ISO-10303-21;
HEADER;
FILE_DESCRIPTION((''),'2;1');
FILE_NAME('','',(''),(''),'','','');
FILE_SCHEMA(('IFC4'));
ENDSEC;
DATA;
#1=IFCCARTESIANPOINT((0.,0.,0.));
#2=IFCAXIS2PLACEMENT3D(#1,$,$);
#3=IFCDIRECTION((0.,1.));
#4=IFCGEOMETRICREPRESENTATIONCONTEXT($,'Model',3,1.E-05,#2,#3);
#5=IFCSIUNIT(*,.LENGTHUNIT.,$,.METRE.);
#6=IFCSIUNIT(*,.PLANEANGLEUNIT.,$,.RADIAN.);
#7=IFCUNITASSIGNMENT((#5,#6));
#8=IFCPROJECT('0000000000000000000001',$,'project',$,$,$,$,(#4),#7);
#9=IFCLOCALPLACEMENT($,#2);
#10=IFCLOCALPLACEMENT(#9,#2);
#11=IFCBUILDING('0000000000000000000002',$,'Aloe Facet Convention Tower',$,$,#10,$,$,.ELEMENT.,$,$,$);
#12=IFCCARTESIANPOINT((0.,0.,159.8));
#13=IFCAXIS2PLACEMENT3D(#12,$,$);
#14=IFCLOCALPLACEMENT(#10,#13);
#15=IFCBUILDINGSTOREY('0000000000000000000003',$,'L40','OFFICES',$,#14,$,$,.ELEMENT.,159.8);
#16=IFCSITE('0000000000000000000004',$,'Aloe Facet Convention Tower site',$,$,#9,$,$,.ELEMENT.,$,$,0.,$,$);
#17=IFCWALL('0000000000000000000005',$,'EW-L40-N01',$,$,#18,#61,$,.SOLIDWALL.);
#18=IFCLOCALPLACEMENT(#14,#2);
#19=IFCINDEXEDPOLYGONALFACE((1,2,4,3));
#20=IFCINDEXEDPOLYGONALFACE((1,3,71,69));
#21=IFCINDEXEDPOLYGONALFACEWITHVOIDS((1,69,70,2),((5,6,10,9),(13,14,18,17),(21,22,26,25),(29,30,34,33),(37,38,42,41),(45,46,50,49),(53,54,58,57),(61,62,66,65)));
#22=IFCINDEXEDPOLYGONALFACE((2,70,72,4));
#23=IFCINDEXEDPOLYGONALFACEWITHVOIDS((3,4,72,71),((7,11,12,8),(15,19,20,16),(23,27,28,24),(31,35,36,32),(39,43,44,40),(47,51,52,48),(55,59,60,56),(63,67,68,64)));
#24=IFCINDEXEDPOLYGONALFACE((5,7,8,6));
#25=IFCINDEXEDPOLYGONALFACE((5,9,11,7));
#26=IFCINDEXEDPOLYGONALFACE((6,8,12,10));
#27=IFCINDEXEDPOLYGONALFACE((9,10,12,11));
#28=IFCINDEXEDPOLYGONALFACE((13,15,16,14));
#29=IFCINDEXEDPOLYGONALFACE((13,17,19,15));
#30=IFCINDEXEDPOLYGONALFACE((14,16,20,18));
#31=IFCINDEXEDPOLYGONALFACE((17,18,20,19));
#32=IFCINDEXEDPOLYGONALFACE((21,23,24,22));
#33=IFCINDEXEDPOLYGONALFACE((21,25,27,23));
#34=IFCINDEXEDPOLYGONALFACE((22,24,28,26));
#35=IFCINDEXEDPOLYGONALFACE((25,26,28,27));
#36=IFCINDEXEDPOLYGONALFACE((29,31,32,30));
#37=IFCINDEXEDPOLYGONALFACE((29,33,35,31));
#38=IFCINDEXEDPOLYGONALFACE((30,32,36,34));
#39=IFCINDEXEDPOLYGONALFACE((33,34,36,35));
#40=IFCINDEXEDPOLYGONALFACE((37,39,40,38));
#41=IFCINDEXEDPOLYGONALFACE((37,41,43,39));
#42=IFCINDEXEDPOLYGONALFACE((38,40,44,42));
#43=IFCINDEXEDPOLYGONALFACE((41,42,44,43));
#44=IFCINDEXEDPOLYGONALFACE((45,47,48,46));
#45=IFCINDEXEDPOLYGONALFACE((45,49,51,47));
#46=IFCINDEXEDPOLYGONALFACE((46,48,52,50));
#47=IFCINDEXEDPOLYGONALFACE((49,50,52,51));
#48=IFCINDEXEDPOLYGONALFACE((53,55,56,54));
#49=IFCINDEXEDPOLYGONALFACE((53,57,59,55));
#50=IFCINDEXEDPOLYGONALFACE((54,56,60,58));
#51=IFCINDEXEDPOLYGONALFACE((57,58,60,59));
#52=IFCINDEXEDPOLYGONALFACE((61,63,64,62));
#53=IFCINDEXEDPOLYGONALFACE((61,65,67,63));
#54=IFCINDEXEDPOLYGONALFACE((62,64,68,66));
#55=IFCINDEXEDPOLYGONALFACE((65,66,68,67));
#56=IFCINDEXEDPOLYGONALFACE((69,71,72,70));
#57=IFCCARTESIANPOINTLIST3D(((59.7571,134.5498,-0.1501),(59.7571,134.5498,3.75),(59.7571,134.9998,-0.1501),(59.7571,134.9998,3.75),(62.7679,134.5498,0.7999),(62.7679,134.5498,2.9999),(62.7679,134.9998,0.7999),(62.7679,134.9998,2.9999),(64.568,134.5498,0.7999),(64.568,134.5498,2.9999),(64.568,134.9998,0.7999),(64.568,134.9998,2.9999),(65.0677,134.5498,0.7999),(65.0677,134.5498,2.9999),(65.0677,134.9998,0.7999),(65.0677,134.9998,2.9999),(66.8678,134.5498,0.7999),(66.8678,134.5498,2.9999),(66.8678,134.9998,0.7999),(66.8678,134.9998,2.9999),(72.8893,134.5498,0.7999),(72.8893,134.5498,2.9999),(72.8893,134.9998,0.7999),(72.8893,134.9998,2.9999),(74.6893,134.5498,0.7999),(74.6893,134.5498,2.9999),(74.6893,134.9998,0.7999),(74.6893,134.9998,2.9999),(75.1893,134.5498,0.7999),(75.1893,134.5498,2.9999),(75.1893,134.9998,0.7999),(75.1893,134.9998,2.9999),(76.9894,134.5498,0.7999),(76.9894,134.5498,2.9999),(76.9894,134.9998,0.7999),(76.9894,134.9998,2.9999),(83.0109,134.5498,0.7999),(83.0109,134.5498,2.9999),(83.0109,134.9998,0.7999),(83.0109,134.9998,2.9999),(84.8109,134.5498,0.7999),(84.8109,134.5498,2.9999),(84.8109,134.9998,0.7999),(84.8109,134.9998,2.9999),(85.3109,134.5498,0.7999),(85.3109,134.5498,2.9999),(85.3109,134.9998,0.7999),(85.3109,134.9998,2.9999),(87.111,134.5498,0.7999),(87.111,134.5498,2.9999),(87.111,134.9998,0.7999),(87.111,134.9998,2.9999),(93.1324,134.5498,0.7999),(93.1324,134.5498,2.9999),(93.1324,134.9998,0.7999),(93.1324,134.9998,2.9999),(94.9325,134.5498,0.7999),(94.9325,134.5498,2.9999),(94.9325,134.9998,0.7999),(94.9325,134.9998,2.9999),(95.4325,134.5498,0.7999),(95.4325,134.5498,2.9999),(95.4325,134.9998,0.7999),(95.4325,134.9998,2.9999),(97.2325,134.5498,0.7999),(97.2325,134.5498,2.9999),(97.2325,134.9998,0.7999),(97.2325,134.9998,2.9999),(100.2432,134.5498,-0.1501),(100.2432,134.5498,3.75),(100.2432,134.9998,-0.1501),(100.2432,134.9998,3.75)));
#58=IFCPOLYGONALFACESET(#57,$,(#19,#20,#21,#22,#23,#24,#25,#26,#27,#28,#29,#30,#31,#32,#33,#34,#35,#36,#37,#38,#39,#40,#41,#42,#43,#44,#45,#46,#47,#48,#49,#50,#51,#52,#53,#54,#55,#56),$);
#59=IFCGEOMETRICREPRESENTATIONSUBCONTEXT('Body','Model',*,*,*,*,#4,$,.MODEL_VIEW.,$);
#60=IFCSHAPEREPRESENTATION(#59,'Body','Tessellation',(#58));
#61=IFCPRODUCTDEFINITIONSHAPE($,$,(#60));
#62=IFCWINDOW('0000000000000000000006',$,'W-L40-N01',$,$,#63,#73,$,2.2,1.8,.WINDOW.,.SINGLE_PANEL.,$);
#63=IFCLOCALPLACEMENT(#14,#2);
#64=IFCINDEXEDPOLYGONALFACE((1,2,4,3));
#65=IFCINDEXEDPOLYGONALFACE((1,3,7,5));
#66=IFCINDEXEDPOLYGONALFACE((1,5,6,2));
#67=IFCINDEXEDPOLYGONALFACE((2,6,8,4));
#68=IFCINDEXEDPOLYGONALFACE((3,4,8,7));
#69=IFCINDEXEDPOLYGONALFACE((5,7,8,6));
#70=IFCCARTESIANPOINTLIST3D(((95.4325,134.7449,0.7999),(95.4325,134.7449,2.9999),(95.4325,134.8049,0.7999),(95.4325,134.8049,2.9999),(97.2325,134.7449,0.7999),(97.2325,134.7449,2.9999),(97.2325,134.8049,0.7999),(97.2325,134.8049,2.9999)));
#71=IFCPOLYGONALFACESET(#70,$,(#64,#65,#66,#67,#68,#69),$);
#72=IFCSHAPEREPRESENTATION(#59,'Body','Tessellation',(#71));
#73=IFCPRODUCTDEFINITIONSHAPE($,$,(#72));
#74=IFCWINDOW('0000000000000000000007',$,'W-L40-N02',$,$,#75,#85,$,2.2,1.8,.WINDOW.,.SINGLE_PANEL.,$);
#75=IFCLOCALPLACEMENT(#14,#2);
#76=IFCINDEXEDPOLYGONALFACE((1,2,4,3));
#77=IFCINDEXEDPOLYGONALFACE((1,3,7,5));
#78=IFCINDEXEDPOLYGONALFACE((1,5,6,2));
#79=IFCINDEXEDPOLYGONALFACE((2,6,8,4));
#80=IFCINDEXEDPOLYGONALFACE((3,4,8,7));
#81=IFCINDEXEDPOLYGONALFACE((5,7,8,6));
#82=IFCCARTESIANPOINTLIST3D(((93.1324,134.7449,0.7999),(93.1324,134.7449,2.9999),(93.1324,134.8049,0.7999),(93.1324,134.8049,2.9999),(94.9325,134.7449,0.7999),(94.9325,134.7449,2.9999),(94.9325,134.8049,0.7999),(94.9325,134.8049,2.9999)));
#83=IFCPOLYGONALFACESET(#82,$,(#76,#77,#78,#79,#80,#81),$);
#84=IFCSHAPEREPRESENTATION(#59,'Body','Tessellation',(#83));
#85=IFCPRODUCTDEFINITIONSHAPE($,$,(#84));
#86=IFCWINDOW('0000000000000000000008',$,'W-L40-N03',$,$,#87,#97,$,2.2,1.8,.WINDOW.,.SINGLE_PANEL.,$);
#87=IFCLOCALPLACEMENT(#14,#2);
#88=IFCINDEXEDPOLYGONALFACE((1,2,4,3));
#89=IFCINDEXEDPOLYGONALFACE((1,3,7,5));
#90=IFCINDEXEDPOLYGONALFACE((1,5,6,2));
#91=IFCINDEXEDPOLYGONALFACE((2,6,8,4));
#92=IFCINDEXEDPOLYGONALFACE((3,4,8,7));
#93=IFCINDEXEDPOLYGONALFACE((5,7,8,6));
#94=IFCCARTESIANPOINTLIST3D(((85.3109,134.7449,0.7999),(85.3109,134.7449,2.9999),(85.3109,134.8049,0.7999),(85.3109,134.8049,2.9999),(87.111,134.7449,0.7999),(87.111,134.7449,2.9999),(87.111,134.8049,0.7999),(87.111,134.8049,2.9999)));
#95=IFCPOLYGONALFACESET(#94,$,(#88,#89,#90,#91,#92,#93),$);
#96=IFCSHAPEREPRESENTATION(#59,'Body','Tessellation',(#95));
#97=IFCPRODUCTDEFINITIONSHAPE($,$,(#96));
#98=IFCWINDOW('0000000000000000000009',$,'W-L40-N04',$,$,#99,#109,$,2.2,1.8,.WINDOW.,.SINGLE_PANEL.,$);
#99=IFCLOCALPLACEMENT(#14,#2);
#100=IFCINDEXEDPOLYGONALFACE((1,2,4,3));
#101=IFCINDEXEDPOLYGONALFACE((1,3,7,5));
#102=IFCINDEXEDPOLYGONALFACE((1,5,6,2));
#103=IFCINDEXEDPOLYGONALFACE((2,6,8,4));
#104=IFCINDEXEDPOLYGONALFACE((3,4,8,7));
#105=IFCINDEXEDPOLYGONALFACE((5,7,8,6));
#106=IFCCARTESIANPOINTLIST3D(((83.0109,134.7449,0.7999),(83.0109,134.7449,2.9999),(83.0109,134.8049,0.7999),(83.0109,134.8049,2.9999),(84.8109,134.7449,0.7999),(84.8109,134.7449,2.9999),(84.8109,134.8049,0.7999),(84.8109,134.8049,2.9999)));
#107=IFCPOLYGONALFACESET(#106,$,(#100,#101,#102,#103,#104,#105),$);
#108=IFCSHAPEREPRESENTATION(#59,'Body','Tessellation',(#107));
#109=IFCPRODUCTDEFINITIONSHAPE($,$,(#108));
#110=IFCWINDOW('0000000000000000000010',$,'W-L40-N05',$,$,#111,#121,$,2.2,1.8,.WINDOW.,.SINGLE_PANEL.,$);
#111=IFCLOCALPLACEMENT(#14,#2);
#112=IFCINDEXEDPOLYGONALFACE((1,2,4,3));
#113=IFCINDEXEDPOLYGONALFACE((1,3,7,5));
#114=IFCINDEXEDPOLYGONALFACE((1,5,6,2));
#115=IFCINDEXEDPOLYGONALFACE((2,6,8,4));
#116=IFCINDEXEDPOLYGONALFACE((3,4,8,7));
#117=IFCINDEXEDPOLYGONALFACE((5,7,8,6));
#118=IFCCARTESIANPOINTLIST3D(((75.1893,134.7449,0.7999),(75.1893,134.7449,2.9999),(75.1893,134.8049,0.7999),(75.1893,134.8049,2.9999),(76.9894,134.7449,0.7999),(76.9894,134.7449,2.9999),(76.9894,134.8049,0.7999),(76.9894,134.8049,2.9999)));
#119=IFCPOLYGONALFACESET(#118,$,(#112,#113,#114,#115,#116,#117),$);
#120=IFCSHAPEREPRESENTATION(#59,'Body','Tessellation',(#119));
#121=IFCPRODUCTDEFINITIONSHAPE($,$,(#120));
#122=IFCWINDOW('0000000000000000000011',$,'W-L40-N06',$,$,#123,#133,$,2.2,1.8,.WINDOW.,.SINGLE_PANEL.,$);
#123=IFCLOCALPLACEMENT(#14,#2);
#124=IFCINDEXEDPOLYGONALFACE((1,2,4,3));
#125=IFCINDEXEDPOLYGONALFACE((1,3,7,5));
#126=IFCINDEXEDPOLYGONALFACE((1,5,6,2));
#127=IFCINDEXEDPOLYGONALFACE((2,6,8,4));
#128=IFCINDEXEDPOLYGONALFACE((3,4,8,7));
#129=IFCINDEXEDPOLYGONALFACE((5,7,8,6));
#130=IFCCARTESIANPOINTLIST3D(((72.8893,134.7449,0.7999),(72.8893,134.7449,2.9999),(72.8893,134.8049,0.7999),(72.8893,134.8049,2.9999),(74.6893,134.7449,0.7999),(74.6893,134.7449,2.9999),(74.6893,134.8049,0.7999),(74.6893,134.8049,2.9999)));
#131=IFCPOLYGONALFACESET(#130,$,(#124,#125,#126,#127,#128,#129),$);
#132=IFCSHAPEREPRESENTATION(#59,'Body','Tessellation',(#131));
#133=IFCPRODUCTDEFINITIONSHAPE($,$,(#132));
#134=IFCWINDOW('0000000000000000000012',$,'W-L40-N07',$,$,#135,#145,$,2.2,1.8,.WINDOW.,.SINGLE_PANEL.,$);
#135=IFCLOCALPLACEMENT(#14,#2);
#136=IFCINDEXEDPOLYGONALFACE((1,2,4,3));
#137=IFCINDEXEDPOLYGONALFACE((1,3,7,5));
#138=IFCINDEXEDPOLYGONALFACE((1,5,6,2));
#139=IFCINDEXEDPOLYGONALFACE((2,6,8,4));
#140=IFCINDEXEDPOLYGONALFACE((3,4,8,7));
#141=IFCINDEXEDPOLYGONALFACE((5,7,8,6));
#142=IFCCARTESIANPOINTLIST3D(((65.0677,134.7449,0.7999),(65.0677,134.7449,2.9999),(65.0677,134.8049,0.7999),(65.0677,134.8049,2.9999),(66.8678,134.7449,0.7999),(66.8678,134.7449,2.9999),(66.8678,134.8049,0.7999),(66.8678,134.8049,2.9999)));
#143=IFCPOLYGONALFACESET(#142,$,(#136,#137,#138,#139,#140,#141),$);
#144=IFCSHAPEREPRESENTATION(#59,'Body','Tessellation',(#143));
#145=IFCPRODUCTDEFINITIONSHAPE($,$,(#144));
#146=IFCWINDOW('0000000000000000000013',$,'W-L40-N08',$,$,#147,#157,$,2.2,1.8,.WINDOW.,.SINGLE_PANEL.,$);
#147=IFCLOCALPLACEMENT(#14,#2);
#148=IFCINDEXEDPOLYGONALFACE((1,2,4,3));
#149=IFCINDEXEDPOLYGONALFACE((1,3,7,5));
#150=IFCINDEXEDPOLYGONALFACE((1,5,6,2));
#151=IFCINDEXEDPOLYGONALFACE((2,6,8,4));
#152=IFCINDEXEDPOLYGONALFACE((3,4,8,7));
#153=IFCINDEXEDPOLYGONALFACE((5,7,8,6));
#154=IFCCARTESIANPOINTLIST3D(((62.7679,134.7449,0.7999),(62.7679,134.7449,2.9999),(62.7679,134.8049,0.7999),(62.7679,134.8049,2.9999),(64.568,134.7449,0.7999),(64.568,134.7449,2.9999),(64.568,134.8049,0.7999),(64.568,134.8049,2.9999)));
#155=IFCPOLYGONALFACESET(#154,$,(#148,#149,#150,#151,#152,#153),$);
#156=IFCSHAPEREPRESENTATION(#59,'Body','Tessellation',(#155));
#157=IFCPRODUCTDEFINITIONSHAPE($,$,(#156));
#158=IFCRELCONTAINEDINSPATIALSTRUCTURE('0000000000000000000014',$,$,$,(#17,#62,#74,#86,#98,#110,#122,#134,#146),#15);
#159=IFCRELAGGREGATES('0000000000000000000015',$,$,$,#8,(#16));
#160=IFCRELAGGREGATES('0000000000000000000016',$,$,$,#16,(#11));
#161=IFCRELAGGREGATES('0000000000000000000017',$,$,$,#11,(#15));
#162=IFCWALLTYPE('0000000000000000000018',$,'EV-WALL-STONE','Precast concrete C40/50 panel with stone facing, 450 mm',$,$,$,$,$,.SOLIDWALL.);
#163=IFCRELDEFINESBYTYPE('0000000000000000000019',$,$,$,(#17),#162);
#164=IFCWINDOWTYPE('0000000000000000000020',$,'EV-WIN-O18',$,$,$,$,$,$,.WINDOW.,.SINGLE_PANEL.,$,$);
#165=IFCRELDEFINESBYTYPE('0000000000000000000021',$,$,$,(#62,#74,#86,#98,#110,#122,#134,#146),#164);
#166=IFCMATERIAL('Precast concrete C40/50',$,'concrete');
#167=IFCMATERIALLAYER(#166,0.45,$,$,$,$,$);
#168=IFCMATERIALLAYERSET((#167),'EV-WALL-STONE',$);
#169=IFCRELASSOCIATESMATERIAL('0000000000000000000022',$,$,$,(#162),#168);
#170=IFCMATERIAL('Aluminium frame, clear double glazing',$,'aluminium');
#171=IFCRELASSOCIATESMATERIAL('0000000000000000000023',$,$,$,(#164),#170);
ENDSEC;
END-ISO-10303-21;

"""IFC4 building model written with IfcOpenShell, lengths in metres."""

from ifc_helpers import new_model, si_unit, direction, frame, frame_2d, origin, place, context, subcontext, project, spatial, polyline, rectangle, outline, extrude, material, layer, layer_set, type_object, element, fill, save


model = new_model("IFC4")

# Units and contexts
model_context = context("Model", 3, precision=1e-05, world=origin(), true_north=direction((0.0, 1.0)))
body_context = subcontext(model_context, "Body", "Model", "MODEL_VIEW")
ifc_project = project(units=[si_unit("LENGTHUNIT", "METRE"), si_unit("PLANEANGLEUNIT", "RADIAN")], contexts=[model_context])

# Site, building, storey
site_placement = place(None, origin())
site = spatial("IfcSite", under=ifc_project, at=site_placement, Name="Aloe Facet Convention Tower site", CompositionType="ELEMENT", RefElevation=0.0)
building_placement = place(site_placement, origin())
building = spatial("IfcBuilding", under=site, at=building_placement, Name="Aloe Facet Convention Tower", CompositionType="ELEMENT")
storey_placement = place(building_placement, frame((0.0, 0.0, 159.8)))
storey = spatial("IfcBuildingStorey", under=building, at=storey_placement, Name="L40", Description="OFFICES", CompositionType="ELEMENT", Elevation=159.8)

# Wall, openings, windows
ifc_material_1 = material(Name="Precast concrete C40/50", Category="concrete")
ifc_layer_1 = layer(ifc_material_1, 0.45)
ifc_layer_set_1 = layer_set([ifc_layer_1], Name="EV-WALL-STONE")
wall_type_1 = type_object("IfcWallType", Name="EV-WALL-STONE", Description="Precast concrete C40/50 panel with stone facing, 450 mm", PredefinedType="SOLIDWALL", material=ifc_layer_set_1)
wall_1_placement = place(storey_placement, frame((100.2432, 134.7749, -0.1501), z_axis=(0.0, 0.0, 1.0), x_axis=(-1.0, 0.0, 0.0)))
wall_1 = element("IfcWall", 1, at=wall_1_placement, inside=storey, type_object=wall_type_1, Name="EW-L40-N01", PredefinedType="SOLIDWALL", context=body_context, shape_type="SweptSolid", body=[
    extrude(outline(polyline([(40.4861, 0.0), (40.4861, 3.9001), (0.0, 3.9001), (0.0, 0.0), (40.4861, 0.0)])), frame((0.0, 0.2251, 0.0), z_axis=(0.0, -1.0, 0.0), x_axis=(1.0, 0.0, 0.0)), (0.0, 0.0, 1.0), 0.45),
])
opening_1_placement = place(wall_1_placement, frame((3.0107, 0.0, 0.95)))
opening_1 = element("IfcOpeningElement", 2, at=opening_1_placement, cuts=wall_1, PredefinedType="OPENING", context=body_context, shape_type="SweptSolid", body=[
    extrude(rectangle(XDim=1.8, YDim=2.2, at=frame_2d((0.8999, 1.1001))), frame((0.0, 0.2349, 0.0), z_axis=(0.0, -1.0, 0.0), x_axis=(1.0, 0.0, 0.0)), (0.0, 0.0, 1.0), 0.47),
])
opening_2_placement = place(wall_1_placement, frame((5.3108, 0.0, 0.95)))
opening_2 = element("IfcOpeningElement", 3, at=opening_2_placement, cuts=wall_1, PredefinedType="OPENING", context=body_context, shape_type="SweptSolid", body=[
    extrude(rectangle(XDim=1.8, YDim=2.2, at=frame_2d((0.8999, 1.1001))), frame((0.0, 0.2349, 0.0), z_axis=(0.0, -1.0, 0.0), x_axis=(1.0, 0.0, 0.0)), (0.0, 0.0, 1.0), 0.47),
])
opening_3_placement = place(wall_1_placement, frame((13.1323, 0.0, 0.95)))
opening_3 = element("IfcOpeningElement", 4, at=opening_3_placement, cuts=wall_1, PredefinedType="OPENING", context=body_context, shape_type="SweptSolid", body=[
    extrude(rectangle(XDim=1.8, YDim=2.2, at=frame_2d((0.8999, 1.1001))), frame((0.0, 0.2349, 0.0), z_axis=(0.0, -1.0, 0.0), x_axis=(1.0, 0.0, 0.0)), (0.0, 0.0, 1.0), 0.47),
])
opening_4_placement = place(wall_1_placement, frame((15.4324, 0.0, 0.95)))
opening_4 = element("IfcOpeningElement", 5, at=opening_4_placement, cuts=wall_1, PredefinedType="OPENING", context=body_context, shape_type="SweptSolid", body=[
    extrude(rectangle(XDim=1.8, YDim=2.2, at=frame_2d((0.8999, 1.1001))), frame((0.0, 0.2349, 0.0), z_axis=(0.0, -1.0, 0.0), x_axis=(1.0, 0.0, 0.0)), (0.0, 0.0, 1.0), 0.47),
])
opening_5_placement = place(wall_1_placement, frame((23.2539, 0.0, 0.95)))
opening_5 = element("IfcOpeningElement", 6, at=opening_5_placement, cuts=wall_1, PredefinedType="OPENING", context=body_context, shape_type="SweptSolid", body=[
    extrude(rectangle(XDim=1.8, YDim=2.2, at=frame_2d((0.8999, 1.1001))), frame((0.0, 0.2349, 0.0), z_axis=(0.0, -1.0, 0.0), x_axis=(1.0, 0.0, 0.0)), (0.0, 0.0, 1.0), 0.47),
])
opening_6_placement = place(wall_1_placement, frame((25.554, 0.0, 0.95)))
opening_6 = element("IfcOpeningElement", 7, at=opening_6_placement, cuts=wall_1, PredefinedType="OPENING", context=body_context, shape_type="SweptSolid", body=[
    extrude(rectangle(XDim=1.8, YDim=2.2, at=frame_2d((0.8999, 1.1001))), frame((0.0, 0.2349, 0.0), z_axis=(0.0, -1.0, 0.0), x_axis=(1.0, 0.0, 0.0)), (0.0, 0.0, 1.0), 0.47),
])
opening_7_placement = place(wall_1_placement, frame((33.3755, 0.0, 0.95)))
opening_7 = element("IfcOpeningElement", 8, at=opening_7_placement, cuts=wall_1, PredefinedType="OPENING", context=body_context, shape_type="SweptSolid", body=[
    extrude(rectangle(XDim=1.8, YDim=2.2, at=frame_2d((0.8999, 1.1001))), frame((0.0, 0.2349, 0.0), z_axis=(0.0, -1.0, 0.0), x_axis=(1.0, 0.0, 0.0)), (0.0, 0.0, 1.0), 0.47),
])
opening_8_placement = place(wall_1_placement, frame((35.6753, 0.0, 0.95)))
opening_8 = element("IfcOpeningElement", 9, at=opening_8_placement, cuts=wall_1, PredefinedType="OPENING", context=body_context, shape_type="SweptSolid", body=[
    extrude(rectangle(XDim=1.8, YDim=2.2, at=frame_2d((0.8999, 1.1001))), frame((0.0, 0.2349, 0.0), z_axis=(0.0, -1.0, 0.0), x_axis=(1.0, 0.0, 0.0)), (0.0, 0.0, 1.0), 0.47),
])
ifc_material_2 = material(Name="Aluminium frame, clear double glazing", Category="aluminium")
window_type = type_object("IfcWindowType", Name="EV-WIN-O18", PartitioningType="SINGLE_PANEL", PredefinedType="WINDOW", material=ifc_material_2)
window_1_placement = place(opening_1_placement, origin())
window_1 = element("IfcWindow", 10, at=window_1_placement, inside=storey, type_object=window_type, Name="W-L40-N01", OverallHeight=2.2, OverallWidth=1.8, PartitioningType="SINGLE_PANEL", PredefinedType="WINDOW", context=body_context, shape_type="SweptSolid", body=[
    extrude(rectangle(XDim=1.8, YDim=2.2, at=frame_2d((0.8999, 1.1001))), frame((0.0, 0.03, 0.0), z_axis=(0.0, -1.0, 0.0), x_axis=(1.0, 0.0, 0.0)), (0.0, 0.0, 1.0), 0.0601),
])
fill(opening_1, window_1)
window_2_placement = place(opening_2_placement, origin())
window_2 = element("IfcWindow", 11, at=window_2_placement, inside=storey, type_object=window_type, Name="W-L40-N02", OverallHeight=2.2, OverallWidth=1.8, PartitioningType="SINGLE_PANEL", PredefinedType="WINDOW", context=body_context, shape_type="SweptSolid", body=[
    extrude(rectangle(XDim=1.8, YDim=2.2, at=frame_2d((0.8999, 1.1001))), frame((0.0, 0.03, 0.0), z_axis=(0.0, -1.0, 0.0), x_axis=(1.0, 0.0, 0.0)), (0.0, 0.0, 1.0), 0.0601),
])
fill(opening_2, window_2)
window_3_placement = place(opening_3_placement, origin())
window_3 = element("IfcWindow", 12, at=window_3_placement, inside=storey, type_object=window_type, Name="W-L40-N03", OverallHeight=2.2, OverallWidth=1.8, PartitioningType="SINGLE_PANEL", PredefinedType="WINDOW", context=body_context, shape_type="SweptSolid", body=[
    extrude(rectangle(XDim=1.8, YDim=2.2, at=frame_2d((0.8999, 1.1001))), frame((0.0, 0.03, 0.0), z_axis=(0.0, -1.0, 0.0), x_axis=(1.0, 0.0, 0.0)), (0.0, 0.0, 1.0), 0.0601),
])
fill(opening_3, window_3)
window_4_placement = place(opening_4_placement, origin())
window_4 = element("IfcWindow", 13, at=window_4_placement, inside=storey, type_object=window_type, Name="W-L40-N04", OverallHeight=2.2, OverallWidth=1.8, PartitioningType="SINGLE_PANEL", PredefinedType="WINDOW", context=body_context, shape_type="SweptSolid", body=[
    extrude(rectangle(XDim=1.8, YDim=2.2, at=frame_2d((0.8999, 1.1001))), frame((0.0, 0.03, 0.0), z_axis=(0.0, -1.0, 0.0), x_axis=(1.0, 0.0, 0.0)), (0.0, 0.0, 1.0), 0.0601),
])
fill(opening_4, window_4)
window_5_placement = place(opening_5_placement, origin())
window_5 = element("IfcWindow", 14, at=window_5_placement, inside=storey, type_object=window_type, Name="W-L40-N05", OverallHeight=2.2, OverallWidth=1.8, PartitioningType="SINGLE_PANEL", PredefinedType="WINDOW", context=body_context, shape_type="SweptSolid", body=[
    extrude(rectangle(XDim=1.8, YDim=2.2, at=frame_2d((0.8999, 1.1001))), frame((0.0, 0.03, 0.0), z_axis=(0.0, -1.0, 0.0), x_axis=(1.0, 0.0, 0.0)), (0.0, 0.0, 1.0), 0.0601),
])
fill(opening_5, window_5)
window_6_placement = place(opening_6_placement, origin())
window_6 = element("IfcWindow", 15, at=window_6_placement, inside=storey, type_object=window_type, Name="W-L40-N06", OverallHeight=2.2, OverallWidth=1.8, PartitioningType="SINGLE_PANEL", PredefinedType="WINDOW", context=body_context, shape_type="SweptSolid", body=[
    extrude(rectangle(XDim=1.8, YDim=2.2, at=frame_2d((0.8999, 1.1001))), frame((0.0, 0.03, 0.0), z_axis=(0.0, -1.0, 0.0), x_axis=(1.0, 0.0, 0.0)), (0.0, 0.0, 1.0), 0.0601),
])
fill(opening_6, window_6)
window_7_placement = place(opening_7_placement, origin())
window_7 = element("IfcWindow", 16, at=window_7_placement, inside=storey, type_object=window_type, Name="W-L40-N07", OverallHeight=2.2, OverallWidth=1.8, PartitioningType="SINGLE_PANEL", PredefinedType="WINDOW", context=body_context, shape_type="SweptSolid", body=[
    extrude(rectangle(XDim=1.8, YDim=2.2, at=frame_2d((0.8999, 1.1001))), frame((0.0, 0.03, 0.0), z_axis=(0.0, -1.0, 0.0), x_axis=(1.0, 0.0, 0.0)), (0.0, 0.0, 1.0), 0.0601),
])
fill(opening_7, window_7)
window_8_placement = place(opening_8_placement, origin())
window_8 = element("IfcWindow", 17, at=window_8_placement, inside=storey, type_object=window_type, Name="W-L40-N08", OverallHeight=2.2, OverallWidth=1.8, PartitioningType="SINGLE_PANEL", PredefinedType="WINDOW", context=body_context, shape_type="SweptSolid", body=[
    extrude(rectangle(XDim=1.8, YDim=2.2, at=frame_2d((0.8999, 1.1001))), frame((0.0, 0.03, 0.0), z_axis=(0.0, -1.0, 0.0), x_axis=(1.0, 0.0, 0.0)), (0.0, 0.0, 1.0), 0.0601),
])
fill(opening_8, window_8)

save(model, "model.ifc")
